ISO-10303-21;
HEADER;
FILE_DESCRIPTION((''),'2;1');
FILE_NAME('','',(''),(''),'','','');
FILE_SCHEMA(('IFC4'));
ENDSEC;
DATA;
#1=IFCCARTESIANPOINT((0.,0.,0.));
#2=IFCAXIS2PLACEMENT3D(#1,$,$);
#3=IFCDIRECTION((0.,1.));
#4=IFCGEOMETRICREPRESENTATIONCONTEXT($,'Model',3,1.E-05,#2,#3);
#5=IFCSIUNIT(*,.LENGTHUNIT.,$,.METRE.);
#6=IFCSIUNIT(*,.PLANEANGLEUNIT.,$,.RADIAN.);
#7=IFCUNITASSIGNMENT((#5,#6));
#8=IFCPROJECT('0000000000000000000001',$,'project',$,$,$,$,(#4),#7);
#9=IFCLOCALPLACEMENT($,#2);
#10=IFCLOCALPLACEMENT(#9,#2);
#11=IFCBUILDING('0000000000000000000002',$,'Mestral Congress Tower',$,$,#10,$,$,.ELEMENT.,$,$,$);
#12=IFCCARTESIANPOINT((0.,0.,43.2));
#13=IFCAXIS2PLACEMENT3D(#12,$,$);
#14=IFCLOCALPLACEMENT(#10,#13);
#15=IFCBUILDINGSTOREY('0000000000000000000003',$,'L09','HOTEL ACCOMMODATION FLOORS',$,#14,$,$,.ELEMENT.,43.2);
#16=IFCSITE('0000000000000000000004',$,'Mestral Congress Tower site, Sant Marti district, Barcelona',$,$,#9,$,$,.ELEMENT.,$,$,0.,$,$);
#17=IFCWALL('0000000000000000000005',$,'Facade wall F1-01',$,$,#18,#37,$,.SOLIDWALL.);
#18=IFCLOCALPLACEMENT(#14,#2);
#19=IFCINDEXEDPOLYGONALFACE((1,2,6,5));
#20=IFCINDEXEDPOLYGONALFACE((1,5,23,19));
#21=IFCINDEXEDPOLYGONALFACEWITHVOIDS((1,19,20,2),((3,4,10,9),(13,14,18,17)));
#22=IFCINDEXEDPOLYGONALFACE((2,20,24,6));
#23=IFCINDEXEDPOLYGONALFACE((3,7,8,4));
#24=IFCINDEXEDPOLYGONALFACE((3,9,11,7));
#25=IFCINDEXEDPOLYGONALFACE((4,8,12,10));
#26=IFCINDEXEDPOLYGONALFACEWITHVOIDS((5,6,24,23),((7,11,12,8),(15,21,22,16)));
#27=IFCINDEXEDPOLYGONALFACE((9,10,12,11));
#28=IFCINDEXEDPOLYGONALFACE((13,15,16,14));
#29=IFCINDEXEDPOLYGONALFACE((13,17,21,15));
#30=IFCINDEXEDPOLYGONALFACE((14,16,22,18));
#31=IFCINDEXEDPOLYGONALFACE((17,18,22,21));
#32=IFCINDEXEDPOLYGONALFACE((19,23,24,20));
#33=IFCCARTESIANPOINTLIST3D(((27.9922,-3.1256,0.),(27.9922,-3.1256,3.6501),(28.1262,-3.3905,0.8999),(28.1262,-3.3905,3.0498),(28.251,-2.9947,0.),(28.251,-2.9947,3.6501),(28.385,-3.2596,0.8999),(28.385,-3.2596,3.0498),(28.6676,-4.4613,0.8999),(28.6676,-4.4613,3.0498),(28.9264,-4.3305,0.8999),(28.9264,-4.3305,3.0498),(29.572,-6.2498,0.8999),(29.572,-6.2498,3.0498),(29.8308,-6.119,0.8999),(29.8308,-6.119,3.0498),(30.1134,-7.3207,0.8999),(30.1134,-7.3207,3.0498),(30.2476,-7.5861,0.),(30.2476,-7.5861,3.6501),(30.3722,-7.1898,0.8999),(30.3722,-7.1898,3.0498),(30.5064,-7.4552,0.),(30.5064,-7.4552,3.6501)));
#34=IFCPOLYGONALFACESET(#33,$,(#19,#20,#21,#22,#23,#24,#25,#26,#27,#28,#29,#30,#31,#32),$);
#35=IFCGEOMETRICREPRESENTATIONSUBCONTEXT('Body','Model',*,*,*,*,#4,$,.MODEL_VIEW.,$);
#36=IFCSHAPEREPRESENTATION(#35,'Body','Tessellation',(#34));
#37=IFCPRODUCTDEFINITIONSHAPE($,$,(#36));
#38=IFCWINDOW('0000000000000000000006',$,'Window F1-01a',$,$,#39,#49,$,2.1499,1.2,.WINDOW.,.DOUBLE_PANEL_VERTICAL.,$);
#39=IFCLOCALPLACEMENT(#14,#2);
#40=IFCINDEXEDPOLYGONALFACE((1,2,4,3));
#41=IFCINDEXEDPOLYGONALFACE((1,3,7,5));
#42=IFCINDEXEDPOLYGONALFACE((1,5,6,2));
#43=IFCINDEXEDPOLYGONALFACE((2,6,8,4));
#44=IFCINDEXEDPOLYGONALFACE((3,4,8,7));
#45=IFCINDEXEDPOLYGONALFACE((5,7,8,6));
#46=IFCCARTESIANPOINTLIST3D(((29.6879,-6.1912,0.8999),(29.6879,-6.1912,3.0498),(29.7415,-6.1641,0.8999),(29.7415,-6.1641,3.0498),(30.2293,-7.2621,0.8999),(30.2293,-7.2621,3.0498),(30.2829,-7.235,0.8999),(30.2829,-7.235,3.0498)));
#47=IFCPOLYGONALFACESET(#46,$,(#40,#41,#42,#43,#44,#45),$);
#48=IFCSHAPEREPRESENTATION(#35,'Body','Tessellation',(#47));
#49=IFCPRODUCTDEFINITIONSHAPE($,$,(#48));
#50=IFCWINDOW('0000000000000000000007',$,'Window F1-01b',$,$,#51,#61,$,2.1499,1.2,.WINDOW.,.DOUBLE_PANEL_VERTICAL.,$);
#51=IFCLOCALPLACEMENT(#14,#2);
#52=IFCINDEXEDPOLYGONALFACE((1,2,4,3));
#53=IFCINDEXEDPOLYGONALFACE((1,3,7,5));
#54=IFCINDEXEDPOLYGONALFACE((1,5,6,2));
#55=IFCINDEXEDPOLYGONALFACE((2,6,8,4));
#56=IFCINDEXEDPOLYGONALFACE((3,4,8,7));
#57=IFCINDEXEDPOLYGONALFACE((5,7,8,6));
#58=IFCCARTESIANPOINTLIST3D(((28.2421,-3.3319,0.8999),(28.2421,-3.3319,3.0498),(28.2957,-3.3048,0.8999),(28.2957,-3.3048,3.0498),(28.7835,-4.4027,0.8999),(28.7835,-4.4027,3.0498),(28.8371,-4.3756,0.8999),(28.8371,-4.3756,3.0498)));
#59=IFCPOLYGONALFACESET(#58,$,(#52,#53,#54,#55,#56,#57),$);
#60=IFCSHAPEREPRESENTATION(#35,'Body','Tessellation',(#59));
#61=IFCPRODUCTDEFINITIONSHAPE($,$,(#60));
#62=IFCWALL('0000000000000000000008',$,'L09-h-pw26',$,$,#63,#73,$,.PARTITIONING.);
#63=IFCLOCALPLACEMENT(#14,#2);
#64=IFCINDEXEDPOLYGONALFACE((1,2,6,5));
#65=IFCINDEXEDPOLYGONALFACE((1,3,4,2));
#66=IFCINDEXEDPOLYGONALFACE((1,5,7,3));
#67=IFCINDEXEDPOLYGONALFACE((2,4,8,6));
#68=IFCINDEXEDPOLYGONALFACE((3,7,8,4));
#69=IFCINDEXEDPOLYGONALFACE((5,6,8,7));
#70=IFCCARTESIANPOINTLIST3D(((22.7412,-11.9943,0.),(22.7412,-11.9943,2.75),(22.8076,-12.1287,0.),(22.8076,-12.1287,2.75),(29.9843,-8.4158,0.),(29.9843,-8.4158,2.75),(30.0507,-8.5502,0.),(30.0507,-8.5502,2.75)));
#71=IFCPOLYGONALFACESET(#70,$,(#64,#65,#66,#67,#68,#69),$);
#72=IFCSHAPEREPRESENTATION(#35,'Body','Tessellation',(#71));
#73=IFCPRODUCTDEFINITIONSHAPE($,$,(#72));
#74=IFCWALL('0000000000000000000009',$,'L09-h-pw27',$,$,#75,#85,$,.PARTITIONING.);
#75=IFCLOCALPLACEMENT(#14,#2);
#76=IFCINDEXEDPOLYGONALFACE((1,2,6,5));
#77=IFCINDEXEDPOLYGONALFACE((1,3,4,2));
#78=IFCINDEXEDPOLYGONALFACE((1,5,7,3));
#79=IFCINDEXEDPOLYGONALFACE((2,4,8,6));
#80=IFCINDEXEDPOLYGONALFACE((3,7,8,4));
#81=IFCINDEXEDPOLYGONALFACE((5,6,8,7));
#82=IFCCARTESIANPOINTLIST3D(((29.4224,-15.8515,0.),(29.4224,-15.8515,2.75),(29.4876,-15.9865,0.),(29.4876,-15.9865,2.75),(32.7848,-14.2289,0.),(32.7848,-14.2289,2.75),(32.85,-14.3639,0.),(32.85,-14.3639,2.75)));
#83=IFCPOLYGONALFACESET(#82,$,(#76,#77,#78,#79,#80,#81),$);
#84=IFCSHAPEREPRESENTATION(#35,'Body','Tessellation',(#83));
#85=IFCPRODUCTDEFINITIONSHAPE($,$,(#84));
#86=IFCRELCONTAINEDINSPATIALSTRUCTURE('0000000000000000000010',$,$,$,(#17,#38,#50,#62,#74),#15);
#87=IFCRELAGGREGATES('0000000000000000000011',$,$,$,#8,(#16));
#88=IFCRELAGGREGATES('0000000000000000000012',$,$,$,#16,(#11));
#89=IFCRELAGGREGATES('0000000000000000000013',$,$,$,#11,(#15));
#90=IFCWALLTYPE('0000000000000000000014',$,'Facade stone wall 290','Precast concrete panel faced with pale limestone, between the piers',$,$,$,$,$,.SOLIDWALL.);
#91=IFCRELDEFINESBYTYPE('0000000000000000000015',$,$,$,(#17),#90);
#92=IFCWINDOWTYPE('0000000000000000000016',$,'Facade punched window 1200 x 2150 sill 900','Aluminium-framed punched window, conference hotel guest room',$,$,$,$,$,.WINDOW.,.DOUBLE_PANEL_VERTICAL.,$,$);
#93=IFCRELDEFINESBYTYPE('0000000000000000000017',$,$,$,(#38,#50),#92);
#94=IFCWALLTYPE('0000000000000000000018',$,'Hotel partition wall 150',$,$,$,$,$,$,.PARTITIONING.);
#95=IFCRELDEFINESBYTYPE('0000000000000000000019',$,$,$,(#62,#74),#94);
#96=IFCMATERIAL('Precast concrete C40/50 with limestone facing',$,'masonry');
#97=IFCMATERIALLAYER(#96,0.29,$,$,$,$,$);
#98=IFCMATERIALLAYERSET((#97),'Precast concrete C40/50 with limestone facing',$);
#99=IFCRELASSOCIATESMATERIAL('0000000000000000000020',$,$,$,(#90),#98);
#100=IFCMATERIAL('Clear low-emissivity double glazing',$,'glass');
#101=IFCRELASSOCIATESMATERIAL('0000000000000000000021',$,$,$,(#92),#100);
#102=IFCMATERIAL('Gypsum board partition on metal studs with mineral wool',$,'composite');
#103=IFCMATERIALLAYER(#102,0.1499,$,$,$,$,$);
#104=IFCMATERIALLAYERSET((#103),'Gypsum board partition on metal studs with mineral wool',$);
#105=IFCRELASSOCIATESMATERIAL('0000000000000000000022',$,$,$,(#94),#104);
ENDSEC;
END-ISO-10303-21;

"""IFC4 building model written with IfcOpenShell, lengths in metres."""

from ifc_helpers import new_model, si_unit, direction, frame, frame_2d, origin, place, context, subcontext, project, spatial, rectangle, extrude, material, layer, layer_set, type_object, element, fill, save


model = new_model("IFC4")

# Units and contexts
model_context = context("Model", 3, precision=1e-05, world=origin(), true_north=direction((0.0, 1.0)))
body_context = subcontext(model_context, "Body", "Model", "MODEL_VIEW")
ifc_project = project(units=[si_unit("LENGTHUNIT", "METRE"), si_unit("PLANEANGLEUNIT", "RADIAN")], contexts=[model_context])

# Site, building, storey
site_placement = place(None, origin())
site = spatial("IfcSite", under=ifc_project, at=site_placement, Name="Mestral Congress Tower site, Sant Marti district, Barcelona", CompositionType="ELEMENT", RefElevation=0.0)
building_placement = place(site_placement, origin())
building = spatial("IfcBuilding", under=site, at=building_placement, Name="Mestral Congress Tower", CompositionType="ELEMENT")
storey_placement = place(building_placement, frame((0.0, 0.0, 43.2)))
storey = spatial("IfcBuildingStorey", under=building, at=storey_placement, Name="L09", Description="HOTEL ACCOMMODATION FLOORS", CompositionType="ELEMENT", Elevation=43.2)

# Shared definitions
ifc_material_1 = material(Name="Precast concrete C40/50 with limestone facing", Category="masonry")
ifc_layer_1 = layer(ifc_material_1, 0.29)
ifc_layer_set_1 = layer_set([ifc_layer_1], Name="Precast concrete C40/50 with limestone facing")
wall_type_1 = type_object("IfcWallType", Name="Facade stone wall 290", Description="Precast concrete panel faced with pale limestone, between the piers", PredefinedType="SOLIDWALL", material=ifc_layer_set_1)
ifc_material_2 = material(Name="Clear low-emissivity double glazing", Category="glass")

# Wall, openings, windows
window_type_1 = type_object("IfcWindowType", Name="Facade punched window 1200 x 2150 sill 900", Description="Aluminium-framed punched window, conference hotel guest room", PartitioningType="DOUBLE_PANEL_VERTICAL", PredefinedType="WINDOW", material=ifc_material_2)
wall_1_placement = place(storey_placement, frame((30.377, -7.5205, 0.0), z_axis=(0.0, 0.0, 1.0), x_axis=(-0.451234, 0.892406, 0.0)))
wall_1 = element("IfcWall", 1, at=wall_1_placement, inside=storey, type_object=wall_type_1, Name="Facade wall F1-01", PredefinedType="SOLIDWALL", context=body_context, shape_type="SweptSolid", body=[
    extrude(rectangle(XDim=4.9983, YDim=0.29, at=frame_2d((2.499, 0.0))), origin(), (0.0, 0.0, 1.0), 3.6501),
])
opening_1_placement = place(wall_1_placement, frame((0.2971, 0.0, 0.8999)))
opening_1 = element("IfcOpeningElement", 2, at=opening_1_placement, cuts=wall_1, PredefinedType="OPENING", context=body_context, shape_type="SweptSolid", body=[
    extrude(rectangle(XDim=1.2, YDim=2.1499, at=frame_2d((0.6001, 1.075))), frame((0.0, 0.155, 0.0), z_axis=(0.0, -1.0, 0.0), x_axis=(1.0, 0.0, 0.0)), (0.0, 0.0, 1.0), 0.3101),
])
opening_2_placement = place(wall_1_placement, frame((3.5012, 0.0, 0.8999)))
opening_2 = element("IfcOpeningElement", 3, at=opening_2_placement, cuts=wall_1, PredefinedType="OPENING", context=body_context, shape_type="SweptSolid", body=[
    extrude(rectangle(XDim=1.2, YDim=2.1499, at=frame_2d((0.6001, 1.075))), frame((0.0, 0.155, 0.0), z_axis=(0.0, -1.0, 0.0), x_axis=(1.0, 0.0, 0.0)), (0.0, 0.0, 1.0), 0.3101),
])
window_1_placement = place(opening_1_placement, origin())
window_1 = element("IfcWindow", 4, at=window_1_placement, inside=storey, type_object=window_type_1, Name="Window F1-01a", OverallHeight=2.1499, OverallWidth=1.2, PartitioningType="DOUBLE_PANEL_VERTICAL", PredefinedType="WINDOW", context=body_context, shape_type="SweptSolid", body=[
    extrude(rectangle(XDim=1.2, YDim=2.1499, at=frame_2d((0.6001, 1.075))), frame((0.0, 0.0151, 0.0), z_axis=(0.0, -1.0, 0.0), x_axis=(1.0, 0.0, 0.0)), (0.0, 0.0, 1.0), 0.0601),
])
fill(opening_1, window_1)
window_2_placement = place(opening_2_placement, origin())
window_2 = element("IfcWindow", 5, at=window_2_placement, inside=storey, type_object=window_type_1, Name="Window F1-01b", OverallHeight=2.1499, OverallWidth=1.2, PartitioningType="DOUBLE_PANEL_VERTICAL", PredefinedType="WINDOW", context=body_context, shape_type="SweptSolid", body=[
    extrude(rectangle(XDim=1.2, YDim=2.1499, at=frame_2d((0.6001, 1.075))), frame((0.0, 0.0151, 0.0), z_axis=(0.0, -1.0, 0.0), x_axis=(1.0, 0.0, 0.0)), (0.0, 0.0, 1.0), 0.0601),
])
fill(opening_2, window_2)

# Walls
ifc_material_3 = material(Name="Gypsum board partition on metal studs with mineral wool", Category="composite")
ifc_layer_2 = layer(ifc_material_3, 0.1499)
ifc_layer_set_2 = layer_set([ifc_layer_2], Name="Gypsum board partition on metal studs with mineral wool")
wall_type_2 = type_object("IfcWallType", Name="Hotel partition wall 150", PredefinedType="PARTITIONING", material=ifc_layer_set_2)
wall_2_placement = place(storey_placement, frame((30.0176, -8.4829, 0.0), z_axis=(0.0, 0.0, 1.0), x_axis=(-0.896545, -0.442954, 0.0)))
element("IfcWall", 6, at=wall_2_placement, inside=storey, type_object=wall_type_2, Name="L09-h-pw26", PredefinedType="PARTITIONING", context=body_context, shape_type="SweptSolid", body=[
    extrude(rectangle(XDim=8.0789, YDim=0.1499, at=frame_2d((4.0396, 0.0))), origin(), (0.0, 0.0, 1.0), 2.75),
])
wall_3_placement = place(storey_placement, frame((32.8174, -14.2964, 0.0), z_axis=(0.0, 0.0, 1.0), x_axis=(-0.900617, -0.434614, 0.0)))
element("IfcWall", 7, at=wall_3_placement, inside=storey, type_object=wall_type_2, Name="L09-h-pw27", PredefinedType="PARTITIONING", context=body_context, shape_type="SweptSolid", body=[
    extrude(rectangle(XDim=3.7334, YDim=0.1499, at=frame_2d((1.8667, 0.0))), origin(), (0.0, 0.0, 1.0), 2.75),
])

save(model, "model.ifc")
